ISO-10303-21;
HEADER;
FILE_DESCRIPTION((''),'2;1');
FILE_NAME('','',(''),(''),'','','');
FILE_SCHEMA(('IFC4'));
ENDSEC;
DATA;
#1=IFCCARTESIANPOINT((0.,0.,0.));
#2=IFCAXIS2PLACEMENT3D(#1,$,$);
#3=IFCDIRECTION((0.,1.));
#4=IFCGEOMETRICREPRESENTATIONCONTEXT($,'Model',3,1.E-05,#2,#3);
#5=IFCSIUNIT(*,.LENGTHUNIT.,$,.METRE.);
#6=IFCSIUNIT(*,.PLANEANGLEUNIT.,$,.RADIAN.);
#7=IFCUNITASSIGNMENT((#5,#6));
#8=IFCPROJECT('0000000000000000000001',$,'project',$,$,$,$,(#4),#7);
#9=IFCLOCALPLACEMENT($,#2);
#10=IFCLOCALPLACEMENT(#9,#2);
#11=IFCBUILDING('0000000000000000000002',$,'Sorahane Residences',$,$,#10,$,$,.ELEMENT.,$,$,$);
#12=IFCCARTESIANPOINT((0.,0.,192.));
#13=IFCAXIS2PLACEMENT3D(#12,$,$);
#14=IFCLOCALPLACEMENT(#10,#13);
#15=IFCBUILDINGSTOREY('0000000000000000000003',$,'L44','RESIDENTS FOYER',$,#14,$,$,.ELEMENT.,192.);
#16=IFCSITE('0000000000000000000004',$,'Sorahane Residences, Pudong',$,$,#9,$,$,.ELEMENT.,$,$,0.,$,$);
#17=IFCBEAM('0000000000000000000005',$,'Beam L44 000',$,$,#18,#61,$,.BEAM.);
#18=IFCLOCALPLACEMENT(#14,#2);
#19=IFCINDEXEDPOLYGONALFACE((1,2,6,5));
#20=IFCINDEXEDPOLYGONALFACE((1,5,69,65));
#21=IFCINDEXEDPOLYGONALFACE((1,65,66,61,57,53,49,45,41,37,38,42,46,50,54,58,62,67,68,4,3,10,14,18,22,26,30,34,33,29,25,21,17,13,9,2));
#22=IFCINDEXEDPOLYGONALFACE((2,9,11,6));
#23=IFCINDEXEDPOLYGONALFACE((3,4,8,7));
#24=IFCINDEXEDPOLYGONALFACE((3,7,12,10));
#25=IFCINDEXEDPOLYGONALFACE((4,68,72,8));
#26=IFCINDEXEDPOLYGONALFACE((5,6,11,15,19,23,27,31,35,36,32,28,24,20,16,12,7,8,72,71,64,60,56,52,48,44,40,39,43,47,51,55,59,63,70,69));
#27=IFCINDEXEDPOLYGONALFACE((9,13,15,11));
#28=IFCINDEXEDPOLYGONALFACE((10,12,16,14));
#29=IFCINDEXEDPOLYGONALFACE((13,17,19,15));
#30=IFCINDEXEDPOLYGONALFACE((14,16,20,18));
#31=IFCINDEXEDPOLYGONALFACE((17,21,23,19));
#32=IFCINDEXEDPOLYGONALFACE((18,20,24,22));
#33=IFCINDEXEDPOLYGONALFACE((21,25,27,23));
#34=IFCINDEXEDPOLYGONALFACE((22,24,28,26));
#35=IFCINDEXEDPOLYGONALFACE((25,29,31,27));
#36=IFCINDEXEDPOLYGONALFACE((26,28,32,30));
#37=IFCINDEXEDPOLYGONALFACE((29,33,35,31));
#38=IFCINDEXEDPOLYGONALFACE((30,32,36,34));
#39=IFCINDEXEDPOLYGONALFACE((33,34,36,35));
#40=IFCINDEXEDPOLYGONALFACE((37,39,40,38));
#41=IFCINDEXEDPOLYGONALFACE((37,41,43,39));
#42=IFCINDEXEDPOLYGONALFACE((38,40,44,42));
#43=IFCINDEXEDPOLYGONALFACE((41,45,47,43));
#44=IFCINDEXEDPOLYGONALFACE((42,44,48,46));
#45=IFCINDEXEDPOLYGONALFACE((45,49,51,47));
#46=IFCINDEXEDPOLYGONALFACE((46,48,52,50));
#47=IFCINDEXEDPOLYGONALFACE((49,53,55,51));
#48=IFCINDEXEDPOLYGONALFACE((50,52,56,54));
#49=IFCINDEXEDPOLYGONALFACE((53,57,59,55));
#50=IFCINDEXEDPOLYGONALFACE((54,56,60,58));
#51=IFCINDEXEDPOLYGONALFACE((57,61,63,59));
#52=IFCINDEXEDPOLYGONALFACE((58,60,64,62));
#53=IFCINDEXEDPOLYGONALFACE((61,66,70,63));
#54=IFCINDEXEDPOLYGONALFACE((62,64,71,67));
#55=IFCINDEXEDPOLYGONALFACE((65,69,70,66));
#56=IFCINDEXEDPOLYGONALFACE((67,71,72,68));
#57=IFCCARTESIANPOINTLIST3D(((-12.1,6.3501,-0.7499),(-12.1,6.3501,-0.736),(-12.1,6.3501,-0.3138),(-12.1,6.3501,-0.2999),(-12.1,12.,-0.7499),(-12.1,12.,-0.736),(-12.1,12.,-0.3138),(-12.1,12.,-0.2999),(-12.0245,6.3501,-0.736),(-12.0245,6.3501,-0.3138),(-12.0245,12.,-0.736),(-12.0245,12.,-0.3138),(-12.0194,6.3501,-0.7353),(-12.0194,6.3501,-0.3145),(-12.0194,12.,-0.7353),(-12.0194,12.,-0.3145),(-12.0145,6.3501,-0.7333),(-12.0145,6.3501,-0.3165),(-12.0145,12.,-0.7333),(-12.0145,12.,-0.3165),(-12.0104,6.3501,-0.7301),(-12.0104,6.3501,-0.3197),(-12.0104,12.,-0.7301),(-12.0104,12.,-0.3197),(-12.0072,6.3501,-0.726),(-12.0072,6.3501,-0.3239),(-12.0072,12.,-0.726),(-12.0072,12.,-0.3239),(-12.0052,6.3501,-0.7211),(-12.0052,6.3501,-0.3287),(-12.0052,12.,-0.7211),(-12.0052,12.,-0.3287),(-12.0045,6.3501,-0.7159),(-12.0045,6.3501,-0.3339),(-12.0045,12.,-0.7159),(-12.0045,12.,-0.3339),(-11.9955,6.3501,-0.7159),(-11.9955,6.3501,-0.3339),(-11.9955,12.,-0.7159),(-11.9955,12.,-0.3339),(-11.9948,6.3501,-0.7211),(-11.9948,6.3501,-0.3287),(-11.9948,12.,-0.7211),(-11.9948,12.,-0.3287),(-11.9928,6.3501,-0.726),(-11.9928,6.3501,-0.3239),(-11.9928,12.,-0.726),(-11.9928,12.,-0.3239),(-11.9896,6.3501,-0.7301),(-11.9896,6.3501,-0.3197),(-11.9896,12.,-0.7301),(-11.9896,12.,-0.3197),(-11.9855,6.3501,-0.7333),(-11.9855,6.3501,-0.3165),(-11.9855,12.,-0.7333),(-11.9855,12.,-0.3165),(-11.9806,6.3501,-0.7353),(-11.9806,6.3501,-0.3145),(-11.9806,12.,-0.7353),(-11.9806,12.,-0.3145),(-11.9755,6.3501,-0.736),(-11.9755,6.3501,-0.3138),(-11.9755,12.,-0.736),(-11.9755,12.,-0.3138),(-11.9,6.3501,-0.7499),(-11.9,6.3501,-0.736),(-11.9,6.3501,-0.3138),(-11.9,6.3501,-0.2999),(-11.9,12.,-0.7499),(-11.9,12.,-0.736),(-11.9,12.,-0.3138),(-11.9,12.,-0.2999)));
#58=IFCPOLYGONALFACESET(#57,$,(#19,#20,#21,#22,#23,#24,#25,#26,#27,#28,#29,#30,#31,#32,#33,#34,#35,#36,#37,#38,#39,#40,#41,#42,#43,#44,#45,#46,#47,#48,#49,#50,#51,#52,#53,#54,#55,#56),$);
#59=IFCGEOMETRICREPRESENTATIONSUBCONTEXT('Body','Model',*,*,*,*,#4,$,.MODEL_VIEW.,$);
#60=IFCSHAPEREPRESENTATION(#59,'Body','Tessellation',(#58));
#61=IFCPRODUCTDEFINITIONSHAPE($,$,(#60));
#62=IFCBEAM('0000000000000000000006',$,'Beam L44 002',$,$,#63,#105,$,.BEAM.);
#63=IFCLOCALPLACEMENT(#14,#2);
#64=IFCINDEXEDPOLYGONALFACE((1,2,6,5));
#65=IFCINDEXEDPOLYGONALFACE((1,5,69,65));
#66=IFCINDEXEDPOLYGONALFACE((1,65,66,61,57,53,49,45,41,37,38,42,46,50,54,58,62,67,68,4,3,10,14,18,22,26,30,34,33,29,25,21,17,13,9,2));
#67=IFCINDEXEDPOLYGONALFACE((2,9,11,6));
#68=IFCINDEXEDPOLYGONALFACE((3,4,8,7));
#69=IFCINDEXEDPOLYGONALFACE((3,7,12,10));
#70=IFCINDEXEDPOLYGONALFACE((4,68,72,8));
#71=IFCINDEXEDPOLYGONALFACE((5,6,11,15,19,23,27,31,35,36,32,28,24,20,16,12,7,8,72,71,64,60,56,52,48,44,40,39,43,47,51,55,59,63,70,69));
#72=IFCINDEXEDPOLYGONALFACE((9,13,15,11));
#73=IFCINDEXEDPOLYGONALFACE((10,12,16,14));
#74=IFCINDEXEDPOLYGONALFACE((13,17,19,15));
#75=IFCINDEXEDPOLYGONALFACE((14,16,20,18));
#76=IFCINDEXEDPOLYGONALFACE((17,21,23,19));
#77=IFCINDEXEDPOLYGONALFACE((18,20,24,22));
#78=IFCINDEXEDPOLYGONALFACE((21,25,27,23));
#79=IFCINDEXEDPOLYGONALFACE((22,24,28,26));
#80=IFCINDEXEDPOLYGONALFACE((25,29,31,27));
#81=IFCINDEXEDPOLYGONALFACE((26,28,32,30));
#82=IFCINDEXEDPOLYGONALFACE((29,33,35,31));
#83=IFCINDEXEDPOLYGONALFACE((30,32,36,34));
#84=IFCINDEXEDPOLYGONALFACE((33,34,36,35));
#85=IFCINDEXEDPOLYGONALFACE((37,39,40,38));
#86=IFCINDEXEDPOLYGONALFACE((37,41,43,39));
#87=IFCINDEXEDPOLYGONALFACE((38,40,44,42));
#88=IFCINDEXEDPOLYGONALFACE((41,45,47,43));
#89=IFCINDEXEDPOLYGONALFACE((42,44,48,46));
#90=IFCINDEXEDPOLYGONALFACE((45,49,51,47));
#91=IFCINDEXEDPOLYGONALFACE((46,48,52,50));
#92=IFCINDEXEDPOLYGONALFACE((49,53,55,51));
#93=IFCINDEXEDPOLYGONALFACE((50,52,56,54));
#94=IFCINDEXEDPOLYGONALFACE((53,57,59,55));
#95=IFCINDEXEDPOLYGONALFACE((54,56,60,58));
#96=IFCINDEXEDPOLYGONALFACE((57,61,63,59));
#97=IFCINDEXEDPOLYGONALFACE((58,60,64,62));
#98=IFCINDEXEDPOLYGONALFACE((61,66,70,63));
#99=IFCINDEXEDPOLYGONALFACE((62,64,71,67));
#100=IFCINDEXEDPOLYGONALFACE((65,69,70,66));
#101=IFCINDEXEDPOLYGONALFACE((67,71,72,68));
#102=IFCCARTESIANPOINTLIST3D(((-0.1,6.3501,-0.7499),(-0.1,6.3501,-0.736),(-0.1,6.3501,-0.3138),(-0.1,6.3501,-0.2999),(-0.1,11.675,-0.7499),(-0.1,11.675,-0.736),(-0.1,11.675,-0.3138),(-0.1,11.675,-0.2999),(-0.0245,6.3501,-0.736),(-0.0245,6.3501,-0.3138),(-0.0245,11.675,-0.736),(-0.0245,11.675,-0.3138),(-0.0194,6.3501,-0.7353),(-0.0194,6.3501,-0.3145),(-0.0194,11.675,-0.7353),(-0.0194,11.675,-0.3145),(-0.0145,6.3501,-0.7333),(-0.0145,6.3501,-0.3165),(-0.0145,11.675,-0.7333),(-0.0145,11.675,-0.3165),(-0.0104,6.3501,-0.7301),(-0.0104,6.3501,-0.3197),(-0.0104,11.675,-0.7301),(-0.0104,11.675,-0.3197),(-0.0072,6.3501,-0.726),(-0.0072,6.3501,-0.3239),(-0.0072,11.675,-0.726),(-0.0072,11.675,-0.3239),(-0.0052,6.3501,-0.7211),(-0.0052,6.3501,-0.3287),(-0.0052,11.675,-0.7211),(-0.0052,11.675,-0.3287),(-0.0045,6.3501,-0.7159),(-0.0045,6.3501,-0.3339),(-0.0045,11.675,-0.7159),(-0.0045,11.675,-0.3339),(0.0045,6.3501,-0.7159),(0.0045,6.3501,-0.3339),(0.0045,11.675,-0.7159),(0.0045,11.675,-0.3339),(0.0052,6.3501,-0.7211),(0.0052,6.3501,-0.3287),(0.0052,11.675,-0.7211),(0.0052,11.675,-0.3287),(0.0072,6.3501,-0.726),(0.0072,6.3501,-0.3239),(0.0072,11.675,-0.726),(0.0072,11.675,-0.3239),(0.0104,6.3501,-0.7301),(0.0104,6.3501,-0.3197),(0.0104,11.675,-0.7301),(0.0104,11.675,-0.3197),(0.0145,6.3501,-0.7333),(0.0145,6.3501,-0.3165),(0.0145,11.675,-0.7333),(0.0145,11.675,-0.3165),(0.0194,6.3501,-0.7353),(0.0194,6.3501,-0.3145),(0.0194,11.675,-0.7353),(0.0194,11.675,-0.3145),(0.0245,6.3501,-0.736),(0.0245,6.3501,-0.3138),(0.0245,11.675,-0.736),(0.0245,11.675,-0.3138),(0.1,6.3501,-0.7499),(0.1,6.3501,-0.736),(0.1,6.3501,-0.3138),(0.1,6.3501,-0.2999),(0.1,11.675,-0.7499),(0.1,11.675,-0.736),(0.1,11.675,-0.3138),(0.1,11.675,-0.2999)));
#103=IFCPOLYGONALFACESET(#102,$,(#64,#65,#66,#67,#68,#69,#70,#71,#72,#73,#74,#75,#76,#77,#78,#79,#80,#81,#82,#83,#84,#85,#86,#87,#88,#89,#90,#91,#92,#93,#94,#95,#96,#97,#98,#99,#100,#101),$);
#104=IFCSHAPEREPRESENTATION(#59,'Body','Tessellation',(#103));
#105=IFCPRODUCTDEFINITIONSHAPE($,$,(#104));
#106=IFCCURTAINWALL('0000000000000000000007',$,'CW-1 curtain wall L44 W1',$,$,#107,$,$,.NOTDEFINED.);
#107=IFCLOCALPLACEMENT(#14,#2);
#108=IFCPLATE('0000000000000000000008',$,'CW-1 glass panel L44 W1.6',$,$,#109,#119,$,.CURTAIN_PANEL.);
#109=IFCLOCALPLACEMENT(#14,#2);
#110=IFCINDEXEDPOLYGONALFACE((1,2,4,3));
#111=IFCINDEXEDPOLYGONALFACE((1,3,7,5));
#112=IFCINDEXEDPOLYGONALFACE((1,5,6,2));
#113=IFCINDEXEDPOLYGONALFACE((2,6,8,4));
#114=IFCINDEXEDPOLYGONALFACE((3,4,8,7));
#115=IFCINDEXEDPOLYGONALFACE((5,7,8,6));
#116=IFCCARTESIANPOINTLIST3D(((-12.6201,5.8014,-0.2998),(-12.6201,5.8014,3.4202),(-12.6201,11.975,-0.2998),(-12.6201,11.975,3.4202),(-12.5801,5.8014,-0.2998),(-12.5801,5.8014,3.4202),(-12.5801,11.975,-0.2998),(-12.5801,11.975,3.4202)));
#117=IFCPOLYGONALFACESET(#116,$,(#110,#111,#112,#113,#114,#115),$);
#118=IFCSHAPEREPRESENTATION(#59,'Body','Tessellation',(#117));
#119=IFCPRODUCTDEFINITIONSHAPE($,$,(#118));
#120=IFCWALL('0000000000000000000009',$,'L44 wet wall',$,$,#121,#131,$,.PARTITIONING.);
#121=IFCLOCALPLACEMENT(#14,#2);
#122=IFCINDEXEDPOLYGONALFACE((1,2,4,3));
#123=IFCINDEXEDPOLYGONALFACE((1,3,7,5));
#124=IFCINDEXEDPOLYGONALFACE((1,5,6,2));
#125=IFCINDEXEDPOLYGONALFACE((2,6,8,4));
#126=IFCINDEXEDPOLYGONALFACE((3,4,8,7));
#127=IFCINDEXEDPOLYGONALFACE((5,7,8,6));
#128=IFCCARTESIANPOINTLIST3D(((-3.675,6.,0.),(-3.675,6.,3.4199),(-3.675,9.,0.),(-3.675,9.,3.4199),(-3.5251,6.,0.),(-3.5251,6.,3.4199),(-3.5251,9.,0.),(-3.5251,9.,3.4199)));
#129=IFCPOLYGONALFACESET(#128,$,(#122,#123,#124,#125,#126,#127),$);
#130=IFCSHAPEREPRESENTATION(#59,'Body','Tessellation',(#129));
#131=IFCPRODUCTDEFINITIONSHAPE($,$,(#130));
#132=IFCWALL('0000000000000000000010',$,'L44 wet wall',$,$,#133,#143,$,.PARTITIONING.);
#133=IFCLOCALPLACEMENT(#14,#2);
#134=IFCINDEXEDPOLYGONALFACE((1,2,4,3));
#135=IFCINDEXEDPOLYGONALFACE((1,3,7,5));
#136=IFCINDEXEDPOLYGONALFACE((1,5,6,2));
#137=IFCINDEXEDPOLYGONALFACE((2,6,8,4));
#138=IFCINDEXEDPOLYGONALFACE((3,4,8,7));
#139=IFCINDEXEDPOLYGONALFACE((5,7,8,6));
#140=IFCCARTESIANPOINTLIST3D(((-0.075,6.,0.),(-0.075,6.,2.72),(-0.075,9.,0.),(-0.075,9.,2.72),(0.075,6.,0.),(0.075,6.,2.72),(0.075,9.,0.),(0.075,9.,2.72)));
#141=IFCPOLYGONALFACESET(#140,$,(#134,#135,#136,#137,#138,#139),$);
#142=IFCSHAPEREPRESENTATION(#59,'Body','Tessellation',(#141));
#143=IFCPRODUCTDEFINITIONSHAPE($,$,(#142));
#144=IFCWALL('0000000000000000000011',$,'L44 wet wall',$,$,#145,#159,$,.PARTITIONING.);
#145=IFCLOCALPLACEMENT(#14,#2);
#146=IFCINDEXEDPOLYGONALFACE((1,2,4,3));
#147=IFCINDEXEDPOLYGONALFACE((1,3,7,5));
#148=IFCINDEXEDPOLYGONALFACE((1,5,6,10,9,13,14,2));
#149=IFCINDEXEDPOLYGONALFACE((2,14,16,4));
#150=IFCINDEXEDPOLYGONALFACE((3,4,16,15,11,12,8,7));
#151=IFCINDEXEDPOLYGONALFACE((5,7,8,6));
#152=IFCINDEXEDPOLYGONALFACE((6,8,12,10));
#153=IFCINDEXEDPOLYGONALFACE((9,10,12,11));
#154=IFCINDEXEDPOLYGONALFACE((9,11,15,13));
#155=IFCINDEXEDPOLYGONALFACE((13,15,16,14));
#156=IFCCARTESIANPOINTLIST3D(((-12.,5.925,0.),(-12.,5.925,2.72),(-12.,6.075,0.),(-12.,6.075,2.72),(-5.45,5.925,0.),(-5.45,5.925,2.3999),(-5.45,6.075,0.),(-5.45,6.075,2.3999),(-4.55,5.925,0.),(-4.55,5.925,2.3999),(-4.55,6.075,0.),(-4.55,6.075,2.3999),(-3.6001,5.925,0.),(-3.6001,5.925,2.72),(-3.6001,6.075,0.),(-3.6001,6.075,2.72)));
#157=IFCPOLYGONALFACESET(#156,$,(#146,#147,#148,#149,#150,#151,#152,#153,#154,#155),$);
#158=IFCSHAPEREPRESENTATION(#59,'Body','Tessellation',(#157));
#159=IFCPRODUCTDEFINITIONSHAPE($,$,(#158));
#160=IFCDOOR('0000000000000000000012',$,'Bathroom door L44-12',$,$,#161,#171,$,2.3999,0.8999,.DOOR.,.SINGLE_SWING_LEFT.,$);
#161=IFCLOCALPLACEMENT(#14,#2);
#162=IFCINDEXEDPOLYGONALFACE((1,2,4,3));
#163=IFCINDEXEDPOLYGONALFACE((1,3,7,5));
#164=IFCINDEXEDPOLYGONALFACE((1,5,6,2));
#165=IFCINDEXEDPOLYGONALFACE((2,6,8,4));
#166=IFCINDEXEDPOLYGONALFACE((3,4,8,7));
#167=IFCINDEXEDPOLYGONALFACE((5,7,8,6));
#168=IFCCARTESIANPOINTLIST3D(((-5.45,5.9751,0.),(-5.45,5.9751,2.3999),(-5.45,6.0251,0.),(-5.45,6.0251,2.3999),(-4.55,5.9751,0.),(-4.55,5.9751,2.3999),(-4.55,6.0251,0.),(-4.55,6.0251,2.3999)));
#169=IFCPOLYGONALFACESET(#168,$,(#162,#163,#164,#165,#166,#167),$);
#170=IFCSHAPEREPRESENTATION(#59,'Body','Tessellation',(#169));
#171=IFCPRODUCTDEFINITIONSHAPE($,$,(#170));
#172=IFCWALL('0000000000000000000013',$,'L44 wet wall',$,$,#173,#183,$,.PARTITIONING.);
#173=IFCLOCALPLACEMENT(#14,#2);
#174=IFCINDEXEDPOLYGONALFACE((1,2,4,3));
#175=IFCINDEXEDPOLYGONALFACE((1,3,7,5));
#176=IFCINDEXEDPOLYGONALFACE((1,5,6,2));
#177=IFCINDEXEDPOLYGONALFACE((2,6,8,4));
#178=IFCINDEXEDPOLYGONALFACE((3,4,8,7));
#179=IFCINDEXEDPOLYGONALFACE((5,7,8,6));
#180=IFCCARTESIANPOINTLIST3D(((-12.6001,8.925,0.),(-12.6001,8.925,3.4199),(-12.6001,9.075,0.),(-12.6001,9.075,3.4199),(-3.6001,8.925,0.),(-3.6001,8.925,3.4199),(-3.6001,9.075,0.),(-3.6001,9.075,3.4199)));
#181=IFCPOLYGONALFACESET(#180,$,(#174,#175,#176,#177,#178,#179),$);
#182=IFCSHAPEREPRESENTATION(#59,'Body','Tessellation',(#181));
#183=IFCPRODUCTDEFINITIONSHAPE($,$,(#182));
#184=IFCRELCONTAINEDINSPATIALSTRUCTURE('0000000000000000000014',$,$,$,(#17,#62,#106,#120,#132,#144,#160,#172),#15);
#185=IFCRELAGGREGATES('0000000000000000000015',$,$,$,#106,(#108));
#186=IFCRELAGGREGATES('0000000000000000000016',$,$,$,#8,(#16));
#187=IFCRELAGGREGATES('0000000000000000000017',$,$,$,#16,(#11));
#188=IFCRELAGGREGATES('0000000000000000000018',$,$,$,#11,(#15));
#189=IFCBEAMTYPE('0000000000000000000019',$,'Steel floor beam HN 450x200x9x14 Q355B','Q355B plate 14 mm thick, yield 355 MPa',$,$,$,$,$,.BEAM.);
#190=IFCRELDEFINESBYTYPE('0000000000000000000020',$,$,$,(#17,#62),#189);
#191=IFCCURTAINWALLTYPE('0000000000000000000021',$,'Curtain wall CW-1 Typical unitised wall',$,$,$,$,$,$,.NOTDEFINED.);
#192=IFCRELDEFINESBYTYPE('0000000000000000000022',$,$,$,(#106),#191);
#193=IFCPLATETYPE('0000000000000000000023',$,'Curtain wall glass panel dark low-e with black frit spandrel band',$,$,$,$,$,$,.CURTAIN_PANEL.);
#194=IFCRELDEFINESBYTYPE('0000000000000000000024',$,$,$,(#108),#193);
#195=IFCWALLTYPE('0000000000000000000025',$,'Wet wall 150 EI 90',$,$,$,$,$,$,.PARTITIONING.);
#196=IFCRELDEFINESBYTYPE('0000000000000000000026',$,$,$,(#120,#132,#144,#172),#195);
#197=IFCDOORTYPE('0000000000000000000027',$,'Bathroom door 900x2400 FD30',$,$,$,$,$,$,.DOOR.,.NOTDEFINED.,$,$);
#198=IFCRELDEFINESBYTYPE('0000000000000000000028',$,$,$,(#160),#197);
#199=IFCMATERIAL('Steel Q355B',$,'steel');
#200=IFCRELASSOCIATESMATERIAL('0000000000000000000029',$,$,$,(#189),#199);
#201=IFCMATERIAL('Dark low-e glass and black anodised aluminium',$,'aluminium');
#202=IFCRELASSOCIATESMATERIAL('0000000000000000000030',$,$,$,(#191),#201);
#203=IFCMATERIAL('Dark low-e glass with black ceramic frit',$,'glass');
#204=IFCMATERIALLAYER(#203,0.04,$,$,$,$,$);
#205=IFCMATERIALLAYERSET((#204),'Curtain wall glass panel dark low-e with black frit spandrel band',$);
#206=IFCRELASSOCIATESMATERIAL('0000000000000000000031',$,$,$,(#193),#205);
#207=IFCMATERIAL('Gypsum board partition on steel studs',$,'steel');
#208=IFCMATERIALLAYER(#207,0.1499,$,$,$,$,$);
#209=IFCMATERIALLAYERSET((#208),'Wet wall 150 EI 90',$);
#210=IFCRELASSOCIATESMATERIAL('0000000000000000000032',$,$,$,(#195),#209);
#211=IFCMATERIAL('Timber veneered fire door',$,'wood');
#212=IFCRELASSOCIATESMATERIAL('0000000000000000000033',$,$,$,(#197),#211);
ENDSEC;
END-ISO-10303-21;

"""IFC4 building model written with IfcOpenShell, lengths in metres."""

from ifc_helpers import new_model, si_unit, direction, frame, frame_2d, origin, origin_2d, place, context, subcontext, project, spatial, rectangle, i_section, extrude, material, layer, layer_set, material_profile, profile_set, type_object, element, fill, aggregate, save


model = new_model("IFC4")

# Units and contexts
model_context = context("Model", 3, precision=1e-05, world=origin(), true_north=direction((0.0, 1.0)))
body_context = subcontext(model_context, "Body", "Model", "MODEL_VIEW")
ifc_project = project(units=[si_unit("LENGTHUNIT", "METRE"), si_unit("PLANEANGLEUNIT", "RADIAN")], contexts=[model_context])

# Site, building, storey
site_placement = place(None, origin())
site = spatial("IfcSite", under=ifc_project, at=site_placement, Name="Sorahane Residences, Pudong", CompositionType="ELEMENT", RefElevation=0.0)
building_placement = place(site_placement, origin())
building = spatial("IfcBuilding", under=site, at=building_placement, Name="Sorahane Residences", CompositionType="ELEMENT")
storey_placement = place(building_placement, frame((0.0, 0.0, 192.0)))
storey = spatial("IfcBuildingStorey", under=building, at=storey_placement, Name="L44", Description="RESIDENTS FOYER", CompositionType="ELEMENT", Elevation=192.0)

# Beams
ifc_material_1 = material(Name="Steel Q355B", Category="steel")
ifc_material_profile = material_profile(ifc_material_1, i_section(OverallWidth=0.2, OverallDepth=0.45, WebThickness=0.009, FlangeThickness=0.0139, FilletRadius=0.02, at=origin_2d()), Name="HN 450x200x9x14")
ifc_profile_set = profile_set([ifc_material_profile], Name="Steel Q355B")
beam_type = type_object("IfcBeamType", Name="Steel floor beam HN 450x200x9x14 Q355B", Description="Q355B plate 14 mm thick, yield 355 MPa", PredefinedType="BEAM", material=ifc_profile_set)
beam_1_placement = place(storey_placement, frame((-12.0, 6.3501, -0.5249), z_axis=(0.0, 1.0, 0.0), x_axis=(-1.0, 0.0, 0.0)))
element("IfcBeam", 1, at=beam_1_placement, inside=storey, type_object=beam_type, Name="Beam L44 000", PredefinedType="BEAM", context=body_context, shape_type="SweptSolid", body=[
    extrude(i_section(OverallWidth=0.2, OverallDepth=0.45, WebThickness=0.009, FlangeThickness=0.0139, FilletRadius=0.02, at=origin_2d()), origin(), (0.0, 0.0, 1.0), 5.6499),
])
beam_2_placement = place(storey_placement, frame((0.0, 6.3501, -0.5249), z_axis=(0.0, 1.0, 0.0), x_axis=(-1.0, 0.0, 0.0)))
element("IfcBeam", 2, at=beam_2_placement, inside=storey, type_object=beam_type, Name="Beam L44 002", PredefinedType="BEAM", context=body_context, shape_type="SweptSolid", body=[
    extrude(i_section(OverallWidth=0.2, OverallDepth=0.45, WebThickness=0.009, FlangeThickness=0.0139, FilletRadius=0.02, at=origin_2d()), origin(), (0.0, 0.0, 1.0), 5.325),
])

# Curtain wall, plate
ifc_material_2 = material(Name="Dark low-e glass and black anodised aluminium", Category="aluminium")
curtain_wall_type = type_object("IfcCurtainWallType", Name="Curtain wall CW-1 Typical unitised wall", PredefinedType="NOTDEFINED", material=ifc_material_2)
curtain_wall_placement = place(storey_placement, origin())
curtain_wall = element("IfcCurtainWall", 3, at=curtain_wall_placement, inside=storey, type_object=curtain_wall_type, Name="CW-1 curtain wall L44 W1", PredefinedType="NOTDEFINED")
ifc_material_3 = material(Name="Dark low-e glass with black ceramic frit", Category="glass")
ifc_layer_1 = layer(ifc_material_3, 0.04)
ifc_layer_set_1 = layer_set([ifc_layer_1], Name="Curtain wall glass panel dark low-e with black frit spandrel band")
plate_type = type_object("IfcPlateType", Name="Curtain wall glass panel dark low-e with black frit spandrel band", PredefinedType="CURTAIN_PANEL", material=ifc_layer_set_1)
plate_placement = place(storey_placement, frame((-12.6001, 8.8882, -0.2998), z_axis=(0.0, 0.0, 1.0), x_axis=(0.0, -1.0, 0.0)))
plate = element("IfcPlate", 4, at=plate_placement, type_object=plate_type, Name="CW-1 glass panel L44 W1.6", PredefinedType="CURTAIN_PANEL", context=body_context, shape_type="SweptSolid", body=[
    extrude(rectangle(XDim=6.1736, YDim=0.04, at=origin_2d()), origin(), (0.0, 0.0, 1.0), 3.72),
])
aggregate(curtain_wall, [plate])

# Walls
ifc_material_4 = material(Name="Gypsum board partition on steel studs", Category="steel")
ifc_layer_2 = layer(ifc_material_4, 0.1499)
ifc_layer_set_2 = layer_set([ifc_layer_2], Name="Wet wall 150 EI 90")
wall_type_1 = type_object("IfcWallType", Name="Wet wall 150 EI 90", PredefinedType="PARTITIONING", material=ifc_layer_set_2)
wall_1_placement = place(storey_placement, frame((-3.6001, 6.0, 0.0), z_axis=(0.0, 0.0, 1.0), x_axis=(0.0, 1.0, 0.0)))
element("IfcWall", 5, at=wall_1_placement, inside=storey, type_object=wall_type_1, Name="L44 wet wall", PredefinedType="PARTITIONING", context=body_context, shape_type="SweptSolid", body=[
    extrude(rectangle(XDim=3.0, YDim=0.1499, at=frame_2d((1.5, 0.0))), origin(), (0.0, 0.0, 1.0), 3.4199),
])
wall_2_placement = place(storey_placement, frame((0.0, 6.0, 0.0), z_axis=(0.0, 0.0, 1.0), x_axis=(0.0, 1.0, 0.0)))
element("IfcWall", 6, at=wall_2_placement, inside=storey, type_object=wall_type_1, Name="L44 wet wall", PredefinedType="PARTITIONING", context=body_context, shape_type="SweptSolid", body=[
    extrude(rectangle(XDim=3.0, YDim=0.1499, at=frame_2d((1.5, 0.0))), origin(), (0.0, 0.0, 1.0), 2.72),
])

# Wall, opening, door
wall_3_placement = place(storey_placement, frame((-12.0, 6.0, 0.0), z_axis=(0.0, 0.0, 1.0), x_axis=(1.0, 0.0, 0.0)))
wall_3 = element("IfcWall", 7, at=wall_3_placement, inside=storey, type_object=wall_type_1, Name="L44 wet wall", PredefinedType="PARTITIONING", context=body_context, shape_type="SweptSolid", body=[
    extrude(rectangle(XDim=8.3999, YDim=0.1499, at=frame_2d((4.2, 0.0))), origin(), (0.0, 0.0, 1.0), 2.72),
])
opening_1_placement = place(wall_3_placement, frame((6.55, 0.0, 0.0)))
opening_1 = element("IfcOpeningElement", 8, at=opening_1_placement, cuts=wall_3, PredefinedType="OPENING", context=body_context, shape_type="SweptSolid", body=[
    extrude(rectangle(XDim=0.8999, YDim=2.3999, at=frame_2d((0.45, 1.2))), frame((0.0, 0.085, 0.0), z_axis=(0.0, -1.0, 0.0), x_axis=(1.0, 0.0, 0.0)), (0.0, 0.0, 1.0), 0.1699),
])
ifc_material_5 = material(Name="Timber veneered fire door", Category="wood")
door_type_1 = type_object("IfcDoorType", Name="Bathroom door 900x2400 FD30", OperationType="NOTDEFINED", PredefinedType="DOOR", material=ifc_material_5)
door_1_placement = place(opening_1_placement, frame((0.8999, 0.0, 0.0), z_axis=(0.0, 0.0, 1.0), x_axis=(-1.0, 0.0, 0.0)))
door_1 = element("IfcDoor", 9, at=door_1_placement, inside=storey, type_object=door_type_1, Name="Bathroom door L44-12", OperationType="SINGLE_SWING_LEFT", OverallHeight=2.3999, OverallWidth=0.8999, PredefinedType="DOOR", context=body_context, shape_type="SweptSolid", body=[
    extrude(rectangle(XDim=0.8999, YDim=2.3999, at=frame_2d((0.45, 1.2))), frame((0.0, 0.0249, 0.0), z_axis=(0.0, -1.0, 0.0), x_axis=(1.0, 0.0, 0.0)), (0.0, 0.0, 1.0), 0.05),
])
fill(opening_1, door_1)

# Wall
wall_4_placement = place(storey_placement, frame((-12.6001, 9.0, 0.0), z_axis=(0.0, 0.0, 1.0), x_axis=(1.0, 0.0, 0.0)))
element("IfcWall", 10, at=wall_4_placement, inside=storey, type_object=wall_type_1, Name="L44 wet wall", PredefinedType="PARTITIONING", context=body_context, shape_type="SweptSolid", body=[
    extrude(rectangle(XDim=9.0, YDim=0.1499, at=frame_2d((4.5, 0.0))), origin(), (0.0, 0.0, 1.0), 3.4199),
])

save(model, "model.ifc")
